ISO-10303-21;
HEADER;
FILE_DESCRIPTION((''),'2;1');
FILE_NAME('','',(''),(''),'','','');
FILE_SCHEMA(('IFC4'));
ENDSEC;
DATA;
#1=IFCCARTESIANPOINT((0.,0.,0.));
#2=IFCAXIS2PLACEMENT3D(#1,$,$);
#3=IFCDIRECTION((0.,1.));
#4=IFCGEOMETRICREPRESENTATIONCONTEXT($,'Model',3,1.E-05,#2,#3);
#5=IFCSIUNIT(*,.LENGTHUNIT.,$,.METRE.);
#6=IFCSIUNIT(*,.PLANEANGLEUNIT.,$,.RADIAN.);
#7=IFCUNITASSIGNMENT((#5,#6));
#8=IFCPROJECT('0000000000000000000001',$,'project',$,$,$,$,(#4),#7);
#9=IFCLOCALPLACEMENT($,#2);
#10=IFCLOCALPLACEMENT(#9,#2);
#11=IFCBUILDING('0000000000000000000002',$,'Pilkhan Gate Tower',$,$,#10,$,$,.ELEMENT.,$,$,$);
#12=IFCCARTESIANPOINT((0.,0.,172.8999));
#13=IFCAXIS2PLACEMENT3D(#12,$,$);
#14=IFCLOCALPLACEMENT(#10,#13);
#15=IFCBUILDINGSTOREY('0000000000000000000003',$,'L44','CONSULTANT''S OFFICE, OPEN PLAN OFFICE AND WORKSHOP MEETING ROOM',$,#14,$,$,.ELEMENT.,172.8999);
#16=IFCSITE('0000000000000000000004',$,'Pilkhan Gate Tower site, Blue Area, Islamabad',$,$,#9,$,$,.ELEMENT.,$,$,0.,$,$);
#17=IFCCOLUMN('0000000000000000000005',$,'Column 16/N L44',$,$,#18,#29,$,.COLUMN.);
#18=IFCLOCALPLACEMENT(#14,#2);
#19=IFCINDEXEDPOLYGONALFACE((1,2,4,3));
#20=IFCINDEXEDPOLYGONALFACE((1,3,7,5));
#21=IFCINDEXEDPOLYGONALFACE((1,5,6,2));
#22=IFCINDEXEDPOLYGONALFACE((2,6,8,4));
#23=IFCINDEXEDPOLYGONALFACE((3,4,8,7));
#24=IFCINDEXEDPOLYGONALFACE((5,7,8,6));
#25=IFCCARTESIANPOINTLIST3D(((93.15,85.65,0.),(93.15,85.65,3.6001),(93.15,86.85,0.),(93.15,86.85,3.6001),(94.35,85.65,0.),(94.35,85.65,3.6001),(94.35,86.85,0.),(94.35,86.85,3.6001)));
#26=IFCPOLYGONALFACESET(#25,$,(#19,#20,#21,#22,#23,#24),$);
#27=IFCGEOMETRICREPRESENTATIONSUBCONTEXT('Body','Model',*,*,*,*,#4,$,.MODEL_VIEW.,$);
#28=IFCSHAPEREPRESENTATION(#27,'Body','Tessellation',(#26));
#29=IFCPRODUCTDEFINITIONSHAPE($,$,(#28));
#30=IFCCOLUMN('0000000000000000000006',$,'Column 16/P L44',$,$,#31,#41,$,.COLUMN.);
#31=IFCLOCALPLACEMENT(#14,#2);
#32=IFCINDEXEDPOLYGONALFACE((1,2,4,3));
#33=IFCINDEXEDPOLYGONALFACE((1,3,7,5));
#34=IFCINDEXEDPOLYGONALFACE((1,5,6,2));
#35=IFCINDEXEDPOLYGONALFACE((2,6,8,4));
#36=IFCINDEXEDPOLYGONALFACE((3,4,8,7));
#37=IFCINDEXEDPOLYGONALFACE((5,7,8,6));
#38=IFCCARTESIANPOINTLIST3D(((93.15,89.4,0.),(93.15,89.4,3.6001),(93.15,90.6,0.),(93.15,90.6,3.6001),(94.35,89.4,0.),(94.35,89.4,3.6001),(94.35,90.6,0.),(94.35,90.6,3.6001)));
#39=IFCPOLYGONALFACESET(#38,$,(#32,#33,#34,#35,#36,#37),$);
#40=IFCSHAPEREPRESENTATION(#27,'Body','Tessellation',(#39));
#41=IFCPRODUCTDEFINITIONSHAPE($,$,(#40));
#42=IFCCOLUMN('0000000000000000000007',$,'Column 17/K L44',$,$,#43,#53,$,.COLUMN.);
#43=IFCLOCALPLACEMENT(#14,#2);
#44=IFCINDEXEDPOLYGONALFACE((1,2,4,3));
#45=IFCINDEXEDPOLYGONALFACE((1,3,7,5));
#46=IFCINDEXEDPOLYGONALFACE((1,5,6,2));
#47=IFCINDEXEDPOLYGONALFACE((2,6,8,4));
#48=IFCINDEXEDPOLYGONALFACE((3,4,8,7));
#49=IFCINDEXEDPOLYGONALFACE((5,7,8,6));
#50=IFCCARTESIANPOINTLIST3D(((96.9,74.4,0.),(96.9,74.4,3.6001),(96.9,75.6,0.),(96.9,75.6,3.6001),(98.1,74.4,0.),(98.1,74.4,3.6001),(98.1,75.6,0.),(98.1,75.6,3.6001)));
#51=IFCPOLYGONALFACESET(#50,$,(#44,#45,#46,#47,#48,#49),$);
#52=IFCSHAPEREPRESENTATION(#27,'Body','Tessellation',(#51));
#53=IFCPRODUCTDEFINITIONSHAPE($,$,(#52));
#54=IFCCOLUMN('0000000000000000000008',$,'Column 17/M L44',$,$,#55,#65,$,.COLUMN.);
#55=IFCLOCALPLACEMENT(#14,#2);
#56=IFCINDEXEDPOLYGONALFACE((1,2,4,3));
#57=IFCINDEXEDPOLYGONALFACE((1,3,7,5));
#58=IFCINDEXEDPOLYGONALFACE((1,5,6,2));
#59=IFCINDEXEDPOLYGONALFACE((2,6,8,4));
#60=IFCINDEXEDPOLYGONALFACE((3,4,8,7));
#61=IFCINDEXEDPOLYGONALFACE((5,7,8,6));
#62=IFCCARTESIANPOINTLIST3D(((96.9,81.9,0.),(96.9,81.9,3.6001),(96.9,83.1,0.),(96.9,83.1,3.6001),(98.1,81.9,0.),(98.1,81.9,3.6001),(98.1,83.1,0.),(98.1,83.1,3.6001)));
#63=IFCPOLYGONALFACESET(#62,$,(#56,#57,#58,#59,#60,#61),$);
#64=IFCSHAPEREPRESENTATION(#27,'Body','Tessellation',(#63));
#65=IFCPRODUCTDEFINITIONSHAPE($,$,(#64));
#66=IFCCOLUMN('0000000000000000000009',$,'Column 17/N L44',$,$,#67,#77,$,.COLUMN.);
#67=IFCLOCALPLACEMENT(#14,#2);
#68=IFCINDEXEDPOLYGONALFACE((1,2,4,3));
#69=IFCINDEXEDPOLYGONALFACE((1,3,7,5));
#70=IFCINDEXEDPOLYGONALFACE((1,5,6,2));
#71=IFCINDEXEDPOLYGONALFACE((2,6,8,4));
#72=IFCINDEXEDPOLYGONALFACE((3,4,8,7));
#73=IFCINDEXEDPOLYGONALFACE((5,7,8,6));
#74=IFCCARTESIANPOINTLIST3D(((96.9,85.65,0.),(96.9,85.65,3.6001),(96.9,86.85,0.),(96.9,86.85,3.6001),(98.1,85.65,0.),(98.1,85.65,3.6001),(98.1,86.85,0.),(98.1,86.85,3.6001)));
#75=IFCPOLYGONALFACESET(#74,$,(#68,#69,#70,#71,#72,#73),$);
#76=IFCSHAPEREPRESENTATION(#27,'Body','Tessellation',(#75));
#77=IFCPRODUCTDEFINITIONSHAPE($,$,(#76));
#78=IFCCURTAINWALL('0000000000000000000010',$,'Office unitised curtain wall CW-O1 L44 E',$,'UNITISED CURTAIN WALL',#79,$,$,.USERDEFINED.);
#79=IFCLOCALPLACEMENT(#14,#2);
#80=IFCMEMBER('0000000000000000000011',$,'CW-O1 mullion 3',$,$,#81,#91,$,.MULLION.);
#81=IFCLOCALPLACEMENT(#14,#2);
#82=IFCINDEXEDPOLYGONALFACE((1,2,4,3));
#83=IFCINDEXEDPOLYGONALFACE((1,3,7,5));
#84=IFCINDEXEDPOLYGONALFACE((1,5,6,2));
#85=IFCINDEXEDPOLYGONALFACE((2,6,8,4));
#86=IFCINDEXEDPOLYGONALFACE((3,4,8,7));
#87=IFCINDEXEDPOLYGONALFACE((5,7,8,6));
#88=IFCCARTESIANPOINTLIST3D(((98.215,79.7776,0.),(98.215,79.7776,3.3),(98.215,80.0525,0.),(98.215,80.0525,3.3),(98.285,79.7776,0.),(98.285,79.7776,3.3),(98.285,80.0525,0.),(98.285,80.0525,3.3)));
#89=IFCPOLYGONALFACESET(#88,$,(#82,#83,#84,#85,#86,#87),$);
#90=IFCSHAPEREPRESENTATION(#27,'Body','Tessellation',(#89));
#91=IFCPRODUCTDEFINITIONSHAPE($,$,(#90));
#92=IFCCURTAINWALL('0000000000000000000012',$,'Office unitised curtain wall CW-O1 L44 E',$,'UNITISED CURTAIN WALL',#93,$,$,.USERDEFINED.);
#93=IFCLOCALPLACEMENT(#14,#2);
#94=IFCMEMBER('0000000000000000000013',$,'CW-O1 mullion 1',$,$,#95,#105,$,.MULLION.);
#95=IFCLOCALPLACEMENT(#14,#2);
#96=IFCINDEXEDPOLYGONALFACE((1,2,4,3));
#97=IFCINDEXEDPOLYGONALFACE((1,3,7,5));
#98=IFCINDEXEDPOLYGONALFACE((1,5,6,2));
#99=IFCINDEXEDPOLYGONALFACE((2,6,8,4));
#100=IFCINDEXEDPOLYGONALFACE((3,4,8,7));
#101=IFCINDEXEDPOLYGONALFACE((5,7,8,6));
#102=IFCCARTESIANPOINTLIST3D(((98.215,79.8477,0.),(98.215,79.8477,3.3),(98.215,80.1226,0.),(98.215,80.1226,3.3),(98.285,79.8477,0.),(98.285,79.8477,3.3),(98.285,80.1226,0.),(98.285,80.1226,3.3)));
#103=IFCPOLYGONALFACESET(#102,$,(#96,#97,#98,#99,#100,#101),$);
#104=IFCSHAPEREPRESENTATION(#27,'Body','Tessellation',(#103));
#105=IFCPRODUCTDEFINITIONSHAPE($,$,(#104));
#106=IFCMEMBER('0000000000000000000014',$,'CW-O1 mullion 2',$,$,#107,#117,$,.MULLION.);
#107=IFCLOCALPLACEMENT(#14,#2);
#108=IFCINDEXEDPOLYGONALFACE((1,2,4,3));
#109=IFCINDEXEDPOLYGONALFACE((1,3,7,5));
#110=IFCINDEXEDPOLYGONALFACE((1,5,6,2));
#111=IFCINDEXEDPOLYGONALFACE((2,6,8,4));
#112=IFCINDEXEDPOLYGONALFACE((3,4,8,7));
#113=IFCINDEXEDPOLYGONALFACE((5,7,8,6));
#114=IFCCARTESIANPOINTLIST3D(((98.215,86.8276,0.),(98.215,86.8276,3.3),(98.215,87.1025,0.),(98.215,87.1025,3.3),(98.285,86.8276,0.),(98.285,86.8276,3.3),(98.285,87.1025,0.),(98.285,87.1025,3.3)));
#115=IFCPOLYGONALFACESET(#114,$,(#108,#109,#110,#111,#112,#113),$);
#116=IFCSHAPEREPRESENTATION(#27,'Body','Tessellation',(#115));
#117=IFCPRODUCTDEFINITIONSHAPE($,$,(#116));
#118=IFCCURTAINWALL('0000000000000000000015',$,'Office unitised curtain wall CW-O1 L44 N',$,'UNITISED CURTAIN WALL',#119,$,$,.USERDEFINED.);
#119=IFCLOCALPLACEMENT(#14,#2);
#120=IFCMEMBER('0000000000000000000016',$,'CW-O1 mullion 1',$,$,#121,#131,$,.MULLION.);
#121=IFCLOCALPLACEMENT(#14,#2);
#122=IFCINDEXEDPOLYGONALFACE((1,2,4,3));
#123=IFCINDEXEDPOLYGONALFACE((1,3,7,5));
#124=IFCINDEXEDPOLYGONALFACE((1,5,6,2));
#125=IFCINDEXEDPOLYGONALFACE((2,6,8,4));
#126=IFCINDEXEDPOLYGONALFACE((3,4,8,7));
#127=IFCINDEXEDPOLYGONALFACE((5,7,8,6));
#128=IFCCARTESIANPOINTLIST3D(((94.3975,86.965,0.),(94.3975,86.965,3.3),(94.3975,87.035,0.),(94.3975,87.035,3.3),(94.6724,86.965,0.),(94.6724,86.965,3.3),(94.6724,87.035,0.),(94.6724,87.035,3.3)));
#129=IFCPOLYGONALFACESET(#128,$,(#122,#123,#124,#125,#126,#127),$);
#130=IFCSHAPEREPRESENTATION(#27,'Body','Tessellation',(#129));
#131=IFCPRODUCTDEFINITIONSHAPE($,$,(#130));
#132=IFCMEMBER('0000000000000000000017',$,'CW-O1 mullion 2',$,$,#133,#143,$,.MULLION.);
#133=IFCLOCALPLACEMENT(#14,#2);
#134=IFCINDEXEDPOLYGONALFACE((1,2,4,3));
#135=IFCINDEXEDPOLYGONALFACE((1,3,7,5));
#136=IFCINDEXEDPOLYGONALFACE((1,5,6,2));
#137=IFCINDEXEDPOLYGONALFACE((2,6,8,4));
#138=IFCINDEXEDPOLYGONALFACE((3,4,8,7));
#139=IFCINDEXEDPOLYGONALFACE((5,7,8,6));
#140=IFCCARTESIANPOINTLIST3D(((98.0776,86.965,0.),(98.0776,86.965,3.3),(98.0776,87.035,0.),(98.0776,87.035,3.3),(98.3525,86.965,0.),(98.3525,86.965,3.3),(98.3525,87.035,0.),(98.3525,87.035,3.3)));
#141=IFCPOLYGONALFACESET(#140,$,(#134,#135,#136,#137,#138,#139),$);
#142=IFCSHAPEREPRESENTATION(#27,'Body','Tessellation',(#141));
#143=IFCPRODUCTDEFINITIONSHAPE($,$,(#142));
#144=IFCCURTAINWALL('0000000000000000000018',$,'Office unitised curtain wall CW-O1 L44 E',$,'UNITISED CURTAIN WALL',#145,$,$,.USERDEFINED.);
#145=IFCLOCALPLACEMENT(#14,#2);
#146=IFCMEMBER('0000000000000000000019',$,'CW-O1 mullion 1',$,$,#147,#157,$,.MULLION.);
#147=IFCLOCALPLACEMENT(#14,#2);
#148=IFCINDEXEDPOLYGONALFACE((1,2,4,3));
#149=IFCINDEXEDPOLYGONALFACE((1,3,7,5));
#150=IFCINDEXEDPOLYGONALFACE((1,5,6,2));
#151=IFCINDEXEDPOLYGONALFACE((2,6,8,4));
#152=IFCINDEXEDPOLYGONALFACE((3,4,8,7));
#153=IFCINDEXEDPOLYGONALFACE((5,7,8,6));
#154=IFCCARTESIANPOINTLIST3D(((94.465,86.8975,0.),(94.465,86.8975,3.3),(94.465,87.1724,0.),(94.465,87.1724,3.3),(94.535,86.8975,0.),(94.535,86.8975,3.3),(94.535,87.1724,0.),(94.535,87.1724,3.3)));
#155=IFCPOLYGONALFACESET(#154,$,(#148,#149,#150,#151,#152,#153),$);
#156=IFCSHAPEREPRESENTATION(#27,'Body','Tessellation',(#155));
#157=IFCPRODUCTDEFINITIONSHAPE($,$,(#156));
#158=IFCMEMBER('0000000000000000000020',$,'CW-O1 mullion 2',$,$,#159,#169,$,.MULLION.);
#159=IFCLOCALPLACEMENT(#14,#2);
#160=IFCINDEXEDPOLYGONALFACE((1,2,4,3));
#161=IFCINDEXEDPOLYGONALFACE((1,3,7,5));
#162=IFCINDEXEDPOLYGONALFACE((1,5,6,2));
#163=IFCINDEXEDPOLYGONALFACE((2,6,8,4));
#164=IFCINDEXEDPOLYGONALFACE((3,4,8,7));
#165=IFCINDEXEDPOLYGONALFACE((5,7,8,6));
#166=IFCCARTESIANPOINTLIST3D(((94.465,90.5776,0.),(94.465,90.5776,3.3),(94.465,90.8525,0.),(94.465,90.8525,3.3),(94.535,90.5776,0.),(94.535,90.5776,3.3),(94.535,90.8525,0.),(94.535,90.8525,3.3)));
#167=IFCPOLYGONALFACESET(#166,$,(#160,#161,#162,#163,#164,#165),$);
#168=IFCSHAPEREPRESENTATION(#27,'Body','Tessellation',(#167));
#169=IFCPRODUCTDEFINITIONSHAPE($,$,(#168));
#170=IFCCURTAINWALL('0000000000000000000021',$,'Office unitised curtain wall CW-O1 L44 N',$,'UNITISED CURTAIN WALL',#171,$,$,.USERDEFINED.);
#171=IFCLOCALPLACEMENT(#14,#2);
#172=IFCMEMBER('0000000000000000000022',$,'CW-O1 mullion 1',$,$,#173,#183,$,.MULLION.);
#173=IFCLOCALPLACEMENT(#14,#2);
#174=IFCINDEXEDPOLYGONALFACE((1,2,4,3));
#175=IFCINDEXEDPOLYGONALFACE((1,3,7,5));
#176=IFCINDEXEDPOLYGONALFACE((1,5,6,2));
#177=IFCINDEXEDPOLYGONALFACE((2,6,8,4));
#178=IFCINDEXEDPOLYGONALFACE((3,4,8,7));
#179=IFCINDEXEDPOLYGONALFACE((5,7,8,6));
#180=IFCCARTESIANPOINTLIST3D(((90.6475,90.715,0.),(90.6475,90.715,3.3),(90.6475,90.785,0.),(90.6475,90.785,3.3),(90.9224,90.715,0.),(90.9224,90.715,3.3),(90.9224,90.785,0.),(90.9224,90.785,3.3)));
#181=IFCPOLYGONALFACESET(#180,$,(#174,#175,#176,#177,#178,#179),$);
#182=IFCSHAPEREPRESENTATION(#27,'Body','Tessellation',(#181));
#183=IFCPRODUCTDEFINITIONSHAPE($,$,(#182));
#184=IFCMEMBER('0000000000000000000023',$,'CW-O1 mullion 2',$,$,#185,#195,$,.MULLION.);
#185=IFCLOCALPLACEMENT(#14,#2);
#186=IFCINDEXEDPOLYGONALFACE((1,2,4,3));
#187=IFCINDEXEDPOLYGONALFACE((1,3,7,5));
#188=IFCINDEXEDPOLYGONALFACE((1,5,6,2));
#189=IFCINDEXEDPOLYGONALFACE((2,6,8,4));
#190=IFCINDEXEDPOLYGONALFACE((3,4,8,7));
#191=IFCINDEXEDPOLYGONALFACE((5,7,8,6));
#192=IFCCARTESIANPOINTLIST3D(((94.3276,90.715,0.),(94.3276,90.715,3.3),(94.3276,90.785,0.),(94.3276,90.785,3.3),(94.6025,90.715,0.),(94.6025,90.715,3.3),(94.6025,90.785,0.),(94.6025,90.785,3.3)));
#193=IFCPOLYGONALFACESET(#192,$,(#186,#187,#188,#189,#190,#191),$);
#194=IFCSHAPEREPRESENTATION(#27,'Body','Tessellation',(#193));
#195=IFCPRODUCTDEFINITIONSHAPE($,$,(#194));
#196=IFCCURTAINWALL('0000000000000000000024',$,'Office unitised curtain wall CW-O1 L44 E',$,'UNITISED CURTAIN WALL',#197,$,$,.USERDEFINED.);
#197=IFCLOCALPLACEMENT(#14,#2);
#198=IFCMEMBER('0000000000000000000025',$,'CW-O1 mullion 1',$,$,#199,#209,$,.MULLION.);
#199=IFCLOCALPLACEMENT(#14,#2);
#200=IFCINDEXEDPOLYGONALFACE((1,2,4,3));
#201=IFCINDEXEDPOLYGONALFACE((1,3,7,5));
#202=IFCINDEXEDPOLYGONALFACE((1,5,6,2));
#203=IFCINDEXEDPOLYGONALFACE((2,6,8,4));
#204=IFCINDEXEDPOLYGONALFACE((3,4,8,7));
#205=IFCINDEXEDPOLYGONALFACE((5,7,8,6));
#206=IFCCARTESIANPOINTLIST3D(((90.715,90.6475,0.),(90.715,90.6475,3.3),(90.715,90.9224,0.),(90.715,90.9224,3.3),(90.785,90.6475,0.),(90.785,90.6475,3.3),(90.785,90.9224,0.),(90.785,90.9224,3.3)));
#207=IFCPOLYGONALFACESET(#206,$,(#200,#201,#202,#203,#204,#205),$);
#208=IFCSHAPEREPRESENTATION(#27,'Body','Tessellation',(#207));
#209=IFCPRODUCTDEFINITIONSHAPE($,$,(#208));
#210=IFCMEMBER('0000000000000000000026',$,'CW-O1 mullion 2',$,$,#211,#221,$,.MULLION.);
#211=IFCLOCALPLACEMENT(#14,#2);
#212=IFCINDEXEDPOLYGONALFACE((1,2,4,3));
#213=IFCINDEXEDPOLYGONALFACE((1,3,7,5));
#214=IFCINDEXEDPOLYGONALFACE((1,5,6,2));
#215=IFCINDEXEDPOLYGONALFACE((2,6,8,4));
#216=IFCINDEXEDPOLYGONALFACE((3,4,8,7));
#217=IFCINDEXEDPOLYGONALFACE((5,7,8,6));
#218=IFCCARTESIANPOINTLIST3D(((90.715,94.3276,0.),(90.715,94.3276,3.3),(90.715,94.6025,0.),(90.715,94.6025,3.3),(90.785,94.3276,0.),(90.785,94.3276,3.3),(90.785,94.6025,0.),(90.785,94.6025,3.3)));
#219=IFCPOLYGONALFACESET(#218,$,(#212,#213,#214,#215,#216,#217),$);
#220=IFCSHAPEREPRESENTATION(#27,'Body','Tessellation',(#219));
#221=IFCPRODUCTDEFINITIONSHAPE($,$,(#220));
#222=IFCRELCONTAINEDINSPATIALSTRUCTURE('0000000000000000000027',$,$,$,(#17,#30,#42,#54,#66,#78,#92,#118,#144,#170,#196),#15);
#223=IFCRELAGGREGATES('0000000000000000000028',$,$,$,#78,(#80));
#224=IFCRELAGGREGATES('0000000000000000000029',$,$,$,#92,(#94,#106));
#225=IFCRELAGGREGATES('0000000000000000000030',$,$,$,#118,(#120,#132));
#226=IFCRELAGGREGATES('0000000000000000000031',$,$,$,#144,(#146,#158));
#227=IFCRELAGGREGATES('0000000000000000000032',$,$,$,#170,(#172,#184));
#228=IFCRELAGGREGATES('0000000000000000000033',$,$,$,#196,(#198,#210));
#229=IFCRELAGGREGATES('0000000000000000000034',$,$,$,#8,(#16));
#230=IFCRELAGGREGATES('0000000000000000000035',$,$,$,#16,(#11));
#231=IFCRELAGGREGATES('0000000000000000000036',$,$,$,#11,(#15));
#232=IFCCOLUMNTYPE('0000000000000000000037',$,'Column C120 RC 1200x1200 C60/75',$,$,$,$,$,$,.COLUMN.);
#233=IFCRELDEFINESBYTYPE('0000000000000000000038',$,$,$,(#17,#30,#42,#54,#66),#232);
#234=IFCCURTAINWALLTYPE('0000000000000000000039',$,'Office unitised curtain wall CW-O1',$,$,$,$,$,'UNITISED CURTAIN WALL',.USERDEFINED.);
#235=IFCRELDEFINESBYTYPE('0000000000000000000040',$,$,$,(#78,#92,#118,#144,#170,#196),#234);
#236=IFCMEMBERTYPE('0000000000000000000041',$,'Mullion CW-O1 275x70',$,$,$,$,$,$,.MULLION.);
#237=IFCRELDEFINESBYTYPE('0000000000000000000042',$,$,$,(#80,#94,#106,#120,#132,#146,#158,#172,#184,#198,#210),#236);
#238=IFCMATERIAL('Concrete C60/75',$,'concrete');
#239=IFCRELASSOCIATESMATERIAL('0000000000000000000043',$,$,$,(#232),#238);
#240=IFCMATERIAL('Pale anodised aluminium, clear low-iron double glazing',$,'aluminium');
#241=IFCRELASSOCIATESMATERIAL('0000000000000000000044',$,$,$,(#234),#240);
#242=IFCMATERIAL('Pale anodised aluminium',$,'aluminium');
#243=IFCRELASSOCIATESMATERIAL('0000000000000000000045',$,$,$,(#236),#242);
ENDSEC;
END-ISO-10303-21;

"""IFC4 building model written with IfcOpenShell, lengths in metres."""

from ifc_helpers import new_model, si_unit, direction, frame, origin, origin_2d, place, context, subcontext, project, spatial, rectangle, extrude, material, material_profile, profile_set, type_object, element, aggregate, save


model = new_model("IFC4")

# Units and contexts
model_context = context("Model", 3, precision=1e-05, world=origin(), true_north=direction((0.0, 1.0)))
body_context = subcontext(model_context, "Body", "Model", "MODEL_VIEW")
ifc_project = project(units=[si_unit("LENGTHUNIT", "METRE"), si_unit("PLANEANGLEUNIT", "RADIAN")], contexts=[model_context])

# Site, building, storey
site_placement = place(None, origin())
site = spatial("IfcSite", under=ifc_project, at=site_placement, Name="Pilkhan Gate Tower site, Blue Area, Islamabad", CompositionType="ELEMENT", RefElevation=0.0)
building_placement = place(site_placement, origin())
building = spatial("IfcBuilding", under=site, at=building_placement, Name="Pilkhan Gate Tower", CompositionType="ELEMENT")
storey_placement = place(building_placement, frame((0.0, 0.0, 172.8999)))
storey = spatial("IfcBuildingStorey", under=building, at=storey_placement, Name="L44", Description="CONSULTANT'S OFFICE, OPEN PLAN OFFICE AND WORKSHOP MEETING ROOM", CompositionType="ELEMENT", Elevation=172.8999)

# Columns
ifc_material_1 = material(Name="Concrete C60/75", Category="concrete")
ifc_material_profile_1 = material_profile(ifc_material_1, rectangle(XDim=1.2, YDim=1.2, at=origin_2d()), Name="RC 1200x1200")
ifc_profile_set_1 = profile_set([ifc_material_profile_1], Name="Concrete C60/75")
column_type = type_object("IfcColumnType", Name="Column C120 RC 1200x1200 C60/75", PredefinedType="COLUMN", material=ifc_profile_set_1)
for number, where, z_axis, x_axis, name in (
    (1, (93.75, 86.25, 0.0), (0.0, 0.0, 1.0), (1.0, 0.0, 0.0), "Column 16/N L44"),
    (2, (93.75, 90.0, 0.0), (0.0, 0.0, 1.0), (1.0, 0.0, 0.0), "Column 16/P L44"),
    (3, (97.5, 75.0, 0.0), (0.0, 0.0, 1.0), (1.0, 0.0, 0.0), "Column 17/K L44"),
    (4, (97.5, 82.5, 0.0), (0.0, 0.0, 1.0), (1.0, 0.0, 0.0), "Column 17/M L44"),
    (5, (97.5, 86.25, 0.0), (0.0, 0.0, 1.0), (1.0, 0.0, 0.0), "Column 17/N L44"),
):
    element("IfcColumn", number, at=place(storey_placement, frame(where, z_axis=z_axis, x_axis=x_axis)), inside=storey, type_object=column_type, Name=name, PredefinedType="COLUMN", context=body_context, shape_type="SweptSolid", body=[
        extrude(rectangle(XDim=1.2, YDim=1.2, at=origin_2d()), origin(), (0.0, 0.0, 1.0), 3.6001),
    ])

# Curtain wall, member
ifc_material_2 = material(Name="Pale anodised aluminium, clear low-iron double glazing", Category="aluminium")
curtain_wall_type = type_object("IfcCurtainWallType", Name="Office unitised curtain wall CW-O1", ElementType="UNITISED CURTAIN WALL", PredefinedType="USERDEFINED", material=ifc_material_2)
curtain_wall_1_placement = place(storey_placement, origin())
curtain_wall_1 = element("IfcCurtainWall", 6, at=curtain_wall_1_placement, inside=storey, type_object=curtain_wall_type, Name="Office unitised curtain wall CW-O1 L44 E", ObjectType="UNITISED CURTAIN WALL", PredefinedType="USERDEFINED")
ifc_material_3 = material(Name="Pale anodised aluminium", Category="aluminium")
ifc_material_profile_2 = material_profile(ifc_material_3, rectangle(XDim=0.0701, YDim=0.2749, at=origin_2d()), Name="Mullion 275x70")
ifc_profile_set_2 = profile_set([ifc_material_profile_2], Name="Pale anodised aluminium")
member_type_1 = type_object("IfcMemberType", Name="Mullion CW-O1 275x70", PredefinedType="MULLION", material=ifc_profile_set_2)
member_1_placement = place(storey_placement, frame((98.25, 79.915, 0.0), z_axis=(0.0, 0.0, 1.0), x_axis=(-1.0, 0.0, 0.0)))
member_1 = element("IfcMember", 7, at=member_1_placement, type_object=member_type_1, Name="CW-O1 mullion 3", PredefinedType="MULLION", context=body_context, shape_type="SweptSolid", body=[
    extrude(rectangle(XDim=0.0701, YDim=0.2749, at=origin_2d()), origin(), (0.0, 0.0, 1.0), 3.3),
])

# Curtain walls, members
curtain_wall_2_placement = place(storey_placement, origin())
curtain_wall_2 = element("IfcCurtainWall", 8, at=curtain_wall_2_placement, inside=storey, type_object=curtain_wall_type, Name="Office unitised curtain wall CW-O1 L44 E", ObjectType="UNITISED CURTAIN WALL", PredefinedType="USERDEFINED")
member_2_placement = place(storey_placement, frame((98.25, 79.9851, 0.0), z_axis=(0.0, 0.0, 1.0), x_axis=(-1.0, 0.0, 0.0)))
member_2 = element("IfcMember", 9, at=member_2_placement, type_object=member_type_1, Name="CW-O1 mullion 1", PredefinedType="MULLION", context=body_context, shape_type="SweptSolid", body=[
    extrude(rectangle(XDim=0.0701, YDim=0.2749, at=origin_2d()), origin(), (0.0, 0.0, 1.0), 3.3),
])
member_3_placement = place(storey_placement, frame((98.25, 86.9651, 0.0), z_axis=(0.0, 0.0, 1.0), x_axis=(-1.0, 0.0, 0.0)))
member_3 = element("IfcMember", 10, at=member_3_placement, type_object=member_type_1, Name="CW-O1 mullion 2", PredefinedType="MULLION", context=body_context, shape_type="SweptSolid", body=[
    extrude(rectangle(XDim=0.0701, YDim=0.2749, at=origin_2d()), origin(), (0.0, 0.0, 1.0), 3.3),
])
curtain_wall_3_placement = place(storey_placement, origin())
curtain_wall_3 = element("IfcCurtainWall", 11, at=curtain_wall_3_placement, inside=storey, type_object=curtain_wall_type, Name="Office unitised curtain wall CW-O1 L44 N", ObjectType="UNITISED CURTAIN WALL", PredefinedType="USERDEFINED")
member_4_placement = place(storey_placement, frame((94.5349, 87.0, 0.0), z_axis=(0.0, 0.0, 1.0), x_axis=(0.0, 1.0, 0.0)))
member_4 = element("IfcMember", 12, at=member_4_placement, type_object=member_type_1, Name="CW-O1 mullion 1", PredefinedType="MULLION", context=body_context, shape_type="SweptSolid", body=[
    extrude(rectangle(XDim=0.0701, YDim=0.2749, at=origin_2d()), origin(), (0.0, 0.0, 1.0), 3.3),
])
member_5_placement = place(storey_placement, frame((98.2151, 87.0, 0.0), z_axis=(0.0, 0.0, 1.0), x_axis=(0.0, 1.0, 0.0)))
member_5 = element("IfcMember", 13, at=member_5_placement, type_object=member_type_1, Name="CW-O1 mullion 2", PredefinedType="MULLION", context=body_context, shape_type="SweptSolid", body=[
    extrude(rectangle(XDim=0.0701, YDim=0.2749, at=origin_2d()), origin(), (0.0, 0.0, 1.0), 3.3),
])
curtain_wall_4_placement = place(storey_placement, origin())
curtain_wall_4 = element("IfcCurtainWall", 14, at=curtain_wall_4_placement, inside=storey, type_object=curtain_wall_type, Name="Office unitised curtain wall CW-O1 L44 E", ObjectType="UNITISED CURTAIN WALL", PredefinedType="USERDEFINED")
member_6_placement = place(storey_placement, frame((94.5, 87.0349, 0.0), z_axis=(0.0, 0.0, 1.0), x_axis=(-1.0, 0.0, 0.0)))
member_6 = element("IfcMember", 15, at=member_6_placement, type_object=member_type_1, Name="CW-O1 mullion 1", PredefinedType="MULLION", context=body_context, shape_type="SweptSolid", body=[
    extrude(rectangle(XDim=0.0701, YDim=0.2749, at=origin_2d()), origin(), (0.0, 0.0, 1.0), 3.3),
])
member_7_placement = place(storey_placement, frame((94.5, 90.7151, 0.0), z_axis=(0.0, 0.0, 1.0), x_axis=(-1.0, 0.0, 0.0)))
member_7 = element("IfcMember", 16, at=member_7_placement, type_object=member_type_1, Name="CW-O1 mullion 2", PredefinedType="MULLION", context=body_context, shape_type="SweptSolid", body=[
    extrude(rectangle(XDim=0.0701, YDim=0.2749, at=origin_2d()), origin(), (0.0, 0.0, 1.0), 3.3),
])
curtain_wall_5_placement = place(storey_placement, origin())
curtain_wall_5 = element("IfcCurtainWall", 17, at=curtain_wall_5_placement, inside=storey, type_object=curtain_wall_type, Name="Office unitised curtain wall CW-O1 L44 N", ObjectType="UNITISED CURTAIN WALL", PredefinedType="USERDEFINED")
member_8_placement = place(storey_placement, frame((90.7849, 90.75, 0.0), z_axis=(0.0, 0.0, 1.0), x_axis=(0.0, 1.0, 0.0)))
member_8 = element("IfcMember", 18, at=member_8_placement, type_object=member_type_1, Name="CW-O1 mullion 1", PredefinedType="MULLION", context=body_context, shape_type="SweptSolid", body=[
    extrude(rectangle(XDim=0.0701, YDim=0.2749, at=origin_2d()), origin(), (0.0, 0.0, 1.0), 3.3),
])
member_9_placement = place(storey_placement, frame((94.4651, 90.75, 0.0), z_axis=(0.0, 0.0, 1.0), x_axis=(0.0, 1.0, 0.0)))
member_9 = element("IfcMember", 19, at=member_9_placement, type_object=member_type_1, Name="CW-O1 mullion 2", PredefinedType="MULLION", context=body_context, shape_type="SweptSolid", body=[
    extrude(rectangle(XDim=0.0701, YDim=0.2749, at=origin_2d()), origin(), (0.0, 0.0, 1.0), 3.3),
])
curtain_wall_6_placement = place(storey_placement, origin())
curtain_wall_6 = element("IfcCurtainWall", 20, at=curtain_wall_6_placement, inside=storey, type_object=curtain_wall_type, Name="Office unitised curtain wall CW-O1 L44 E", ObjectType="UNITISED CURTAIN WALL", PredefinedType="USERDEFINED")
member_10_placement = place(storey_placement, frame((90.75, 90.7849, 0.0), z_axis=(0.0, 0.0, 1.0), x_axis=(-1.0, 0.0, 0.0)))
member_10 = element("IfcMember", 21, at=member_10_placement, type_object=member_type_1, Name="CW-O1 mullion 1", PredefinedType="MULLION", context=body_context, shape_type="SweptSolid", body=[
    extrude(rectangle(XDim=0.0701, YDim=0.2749, at=origin_2d()), origin(), (0.0, 0.0, 1.0), 3.3),
])
member_11_placement = place(storey_placement, frame((90.75, 94.4651, 0.0), z_axis=(0.0, 0.0, 1.0), x_axis=(-1.0, 0.0, 0.0)))
member_11 = element("IfcMember", 22, at=member_11_placement, type_object=member_type_1, Name="CW-O1 mullion 2", PredefinedType="MULLION", context=body_context, shape_type="SweptSolid", body=[
    extrude(rectangle(XDim=0.0701, YDim=0.2749, at=origin_2d()), origin(), (0.0, 0.0, 1.0), 3.3),
])

aggregate(curtain_wall_1, [member_1])
aggregate(curtain_wall_2, [member_2, member_3])
aggregate(curtain_wall_3, [member_4, member_5])
aggregate(curtain_wall_4, [member_6, member_7])
aggregate(curtain_wall_5, [member_8, member_9])
aggregate(curtain_wall_6, [member_10, member_11])

save(model, "model.ifc")
